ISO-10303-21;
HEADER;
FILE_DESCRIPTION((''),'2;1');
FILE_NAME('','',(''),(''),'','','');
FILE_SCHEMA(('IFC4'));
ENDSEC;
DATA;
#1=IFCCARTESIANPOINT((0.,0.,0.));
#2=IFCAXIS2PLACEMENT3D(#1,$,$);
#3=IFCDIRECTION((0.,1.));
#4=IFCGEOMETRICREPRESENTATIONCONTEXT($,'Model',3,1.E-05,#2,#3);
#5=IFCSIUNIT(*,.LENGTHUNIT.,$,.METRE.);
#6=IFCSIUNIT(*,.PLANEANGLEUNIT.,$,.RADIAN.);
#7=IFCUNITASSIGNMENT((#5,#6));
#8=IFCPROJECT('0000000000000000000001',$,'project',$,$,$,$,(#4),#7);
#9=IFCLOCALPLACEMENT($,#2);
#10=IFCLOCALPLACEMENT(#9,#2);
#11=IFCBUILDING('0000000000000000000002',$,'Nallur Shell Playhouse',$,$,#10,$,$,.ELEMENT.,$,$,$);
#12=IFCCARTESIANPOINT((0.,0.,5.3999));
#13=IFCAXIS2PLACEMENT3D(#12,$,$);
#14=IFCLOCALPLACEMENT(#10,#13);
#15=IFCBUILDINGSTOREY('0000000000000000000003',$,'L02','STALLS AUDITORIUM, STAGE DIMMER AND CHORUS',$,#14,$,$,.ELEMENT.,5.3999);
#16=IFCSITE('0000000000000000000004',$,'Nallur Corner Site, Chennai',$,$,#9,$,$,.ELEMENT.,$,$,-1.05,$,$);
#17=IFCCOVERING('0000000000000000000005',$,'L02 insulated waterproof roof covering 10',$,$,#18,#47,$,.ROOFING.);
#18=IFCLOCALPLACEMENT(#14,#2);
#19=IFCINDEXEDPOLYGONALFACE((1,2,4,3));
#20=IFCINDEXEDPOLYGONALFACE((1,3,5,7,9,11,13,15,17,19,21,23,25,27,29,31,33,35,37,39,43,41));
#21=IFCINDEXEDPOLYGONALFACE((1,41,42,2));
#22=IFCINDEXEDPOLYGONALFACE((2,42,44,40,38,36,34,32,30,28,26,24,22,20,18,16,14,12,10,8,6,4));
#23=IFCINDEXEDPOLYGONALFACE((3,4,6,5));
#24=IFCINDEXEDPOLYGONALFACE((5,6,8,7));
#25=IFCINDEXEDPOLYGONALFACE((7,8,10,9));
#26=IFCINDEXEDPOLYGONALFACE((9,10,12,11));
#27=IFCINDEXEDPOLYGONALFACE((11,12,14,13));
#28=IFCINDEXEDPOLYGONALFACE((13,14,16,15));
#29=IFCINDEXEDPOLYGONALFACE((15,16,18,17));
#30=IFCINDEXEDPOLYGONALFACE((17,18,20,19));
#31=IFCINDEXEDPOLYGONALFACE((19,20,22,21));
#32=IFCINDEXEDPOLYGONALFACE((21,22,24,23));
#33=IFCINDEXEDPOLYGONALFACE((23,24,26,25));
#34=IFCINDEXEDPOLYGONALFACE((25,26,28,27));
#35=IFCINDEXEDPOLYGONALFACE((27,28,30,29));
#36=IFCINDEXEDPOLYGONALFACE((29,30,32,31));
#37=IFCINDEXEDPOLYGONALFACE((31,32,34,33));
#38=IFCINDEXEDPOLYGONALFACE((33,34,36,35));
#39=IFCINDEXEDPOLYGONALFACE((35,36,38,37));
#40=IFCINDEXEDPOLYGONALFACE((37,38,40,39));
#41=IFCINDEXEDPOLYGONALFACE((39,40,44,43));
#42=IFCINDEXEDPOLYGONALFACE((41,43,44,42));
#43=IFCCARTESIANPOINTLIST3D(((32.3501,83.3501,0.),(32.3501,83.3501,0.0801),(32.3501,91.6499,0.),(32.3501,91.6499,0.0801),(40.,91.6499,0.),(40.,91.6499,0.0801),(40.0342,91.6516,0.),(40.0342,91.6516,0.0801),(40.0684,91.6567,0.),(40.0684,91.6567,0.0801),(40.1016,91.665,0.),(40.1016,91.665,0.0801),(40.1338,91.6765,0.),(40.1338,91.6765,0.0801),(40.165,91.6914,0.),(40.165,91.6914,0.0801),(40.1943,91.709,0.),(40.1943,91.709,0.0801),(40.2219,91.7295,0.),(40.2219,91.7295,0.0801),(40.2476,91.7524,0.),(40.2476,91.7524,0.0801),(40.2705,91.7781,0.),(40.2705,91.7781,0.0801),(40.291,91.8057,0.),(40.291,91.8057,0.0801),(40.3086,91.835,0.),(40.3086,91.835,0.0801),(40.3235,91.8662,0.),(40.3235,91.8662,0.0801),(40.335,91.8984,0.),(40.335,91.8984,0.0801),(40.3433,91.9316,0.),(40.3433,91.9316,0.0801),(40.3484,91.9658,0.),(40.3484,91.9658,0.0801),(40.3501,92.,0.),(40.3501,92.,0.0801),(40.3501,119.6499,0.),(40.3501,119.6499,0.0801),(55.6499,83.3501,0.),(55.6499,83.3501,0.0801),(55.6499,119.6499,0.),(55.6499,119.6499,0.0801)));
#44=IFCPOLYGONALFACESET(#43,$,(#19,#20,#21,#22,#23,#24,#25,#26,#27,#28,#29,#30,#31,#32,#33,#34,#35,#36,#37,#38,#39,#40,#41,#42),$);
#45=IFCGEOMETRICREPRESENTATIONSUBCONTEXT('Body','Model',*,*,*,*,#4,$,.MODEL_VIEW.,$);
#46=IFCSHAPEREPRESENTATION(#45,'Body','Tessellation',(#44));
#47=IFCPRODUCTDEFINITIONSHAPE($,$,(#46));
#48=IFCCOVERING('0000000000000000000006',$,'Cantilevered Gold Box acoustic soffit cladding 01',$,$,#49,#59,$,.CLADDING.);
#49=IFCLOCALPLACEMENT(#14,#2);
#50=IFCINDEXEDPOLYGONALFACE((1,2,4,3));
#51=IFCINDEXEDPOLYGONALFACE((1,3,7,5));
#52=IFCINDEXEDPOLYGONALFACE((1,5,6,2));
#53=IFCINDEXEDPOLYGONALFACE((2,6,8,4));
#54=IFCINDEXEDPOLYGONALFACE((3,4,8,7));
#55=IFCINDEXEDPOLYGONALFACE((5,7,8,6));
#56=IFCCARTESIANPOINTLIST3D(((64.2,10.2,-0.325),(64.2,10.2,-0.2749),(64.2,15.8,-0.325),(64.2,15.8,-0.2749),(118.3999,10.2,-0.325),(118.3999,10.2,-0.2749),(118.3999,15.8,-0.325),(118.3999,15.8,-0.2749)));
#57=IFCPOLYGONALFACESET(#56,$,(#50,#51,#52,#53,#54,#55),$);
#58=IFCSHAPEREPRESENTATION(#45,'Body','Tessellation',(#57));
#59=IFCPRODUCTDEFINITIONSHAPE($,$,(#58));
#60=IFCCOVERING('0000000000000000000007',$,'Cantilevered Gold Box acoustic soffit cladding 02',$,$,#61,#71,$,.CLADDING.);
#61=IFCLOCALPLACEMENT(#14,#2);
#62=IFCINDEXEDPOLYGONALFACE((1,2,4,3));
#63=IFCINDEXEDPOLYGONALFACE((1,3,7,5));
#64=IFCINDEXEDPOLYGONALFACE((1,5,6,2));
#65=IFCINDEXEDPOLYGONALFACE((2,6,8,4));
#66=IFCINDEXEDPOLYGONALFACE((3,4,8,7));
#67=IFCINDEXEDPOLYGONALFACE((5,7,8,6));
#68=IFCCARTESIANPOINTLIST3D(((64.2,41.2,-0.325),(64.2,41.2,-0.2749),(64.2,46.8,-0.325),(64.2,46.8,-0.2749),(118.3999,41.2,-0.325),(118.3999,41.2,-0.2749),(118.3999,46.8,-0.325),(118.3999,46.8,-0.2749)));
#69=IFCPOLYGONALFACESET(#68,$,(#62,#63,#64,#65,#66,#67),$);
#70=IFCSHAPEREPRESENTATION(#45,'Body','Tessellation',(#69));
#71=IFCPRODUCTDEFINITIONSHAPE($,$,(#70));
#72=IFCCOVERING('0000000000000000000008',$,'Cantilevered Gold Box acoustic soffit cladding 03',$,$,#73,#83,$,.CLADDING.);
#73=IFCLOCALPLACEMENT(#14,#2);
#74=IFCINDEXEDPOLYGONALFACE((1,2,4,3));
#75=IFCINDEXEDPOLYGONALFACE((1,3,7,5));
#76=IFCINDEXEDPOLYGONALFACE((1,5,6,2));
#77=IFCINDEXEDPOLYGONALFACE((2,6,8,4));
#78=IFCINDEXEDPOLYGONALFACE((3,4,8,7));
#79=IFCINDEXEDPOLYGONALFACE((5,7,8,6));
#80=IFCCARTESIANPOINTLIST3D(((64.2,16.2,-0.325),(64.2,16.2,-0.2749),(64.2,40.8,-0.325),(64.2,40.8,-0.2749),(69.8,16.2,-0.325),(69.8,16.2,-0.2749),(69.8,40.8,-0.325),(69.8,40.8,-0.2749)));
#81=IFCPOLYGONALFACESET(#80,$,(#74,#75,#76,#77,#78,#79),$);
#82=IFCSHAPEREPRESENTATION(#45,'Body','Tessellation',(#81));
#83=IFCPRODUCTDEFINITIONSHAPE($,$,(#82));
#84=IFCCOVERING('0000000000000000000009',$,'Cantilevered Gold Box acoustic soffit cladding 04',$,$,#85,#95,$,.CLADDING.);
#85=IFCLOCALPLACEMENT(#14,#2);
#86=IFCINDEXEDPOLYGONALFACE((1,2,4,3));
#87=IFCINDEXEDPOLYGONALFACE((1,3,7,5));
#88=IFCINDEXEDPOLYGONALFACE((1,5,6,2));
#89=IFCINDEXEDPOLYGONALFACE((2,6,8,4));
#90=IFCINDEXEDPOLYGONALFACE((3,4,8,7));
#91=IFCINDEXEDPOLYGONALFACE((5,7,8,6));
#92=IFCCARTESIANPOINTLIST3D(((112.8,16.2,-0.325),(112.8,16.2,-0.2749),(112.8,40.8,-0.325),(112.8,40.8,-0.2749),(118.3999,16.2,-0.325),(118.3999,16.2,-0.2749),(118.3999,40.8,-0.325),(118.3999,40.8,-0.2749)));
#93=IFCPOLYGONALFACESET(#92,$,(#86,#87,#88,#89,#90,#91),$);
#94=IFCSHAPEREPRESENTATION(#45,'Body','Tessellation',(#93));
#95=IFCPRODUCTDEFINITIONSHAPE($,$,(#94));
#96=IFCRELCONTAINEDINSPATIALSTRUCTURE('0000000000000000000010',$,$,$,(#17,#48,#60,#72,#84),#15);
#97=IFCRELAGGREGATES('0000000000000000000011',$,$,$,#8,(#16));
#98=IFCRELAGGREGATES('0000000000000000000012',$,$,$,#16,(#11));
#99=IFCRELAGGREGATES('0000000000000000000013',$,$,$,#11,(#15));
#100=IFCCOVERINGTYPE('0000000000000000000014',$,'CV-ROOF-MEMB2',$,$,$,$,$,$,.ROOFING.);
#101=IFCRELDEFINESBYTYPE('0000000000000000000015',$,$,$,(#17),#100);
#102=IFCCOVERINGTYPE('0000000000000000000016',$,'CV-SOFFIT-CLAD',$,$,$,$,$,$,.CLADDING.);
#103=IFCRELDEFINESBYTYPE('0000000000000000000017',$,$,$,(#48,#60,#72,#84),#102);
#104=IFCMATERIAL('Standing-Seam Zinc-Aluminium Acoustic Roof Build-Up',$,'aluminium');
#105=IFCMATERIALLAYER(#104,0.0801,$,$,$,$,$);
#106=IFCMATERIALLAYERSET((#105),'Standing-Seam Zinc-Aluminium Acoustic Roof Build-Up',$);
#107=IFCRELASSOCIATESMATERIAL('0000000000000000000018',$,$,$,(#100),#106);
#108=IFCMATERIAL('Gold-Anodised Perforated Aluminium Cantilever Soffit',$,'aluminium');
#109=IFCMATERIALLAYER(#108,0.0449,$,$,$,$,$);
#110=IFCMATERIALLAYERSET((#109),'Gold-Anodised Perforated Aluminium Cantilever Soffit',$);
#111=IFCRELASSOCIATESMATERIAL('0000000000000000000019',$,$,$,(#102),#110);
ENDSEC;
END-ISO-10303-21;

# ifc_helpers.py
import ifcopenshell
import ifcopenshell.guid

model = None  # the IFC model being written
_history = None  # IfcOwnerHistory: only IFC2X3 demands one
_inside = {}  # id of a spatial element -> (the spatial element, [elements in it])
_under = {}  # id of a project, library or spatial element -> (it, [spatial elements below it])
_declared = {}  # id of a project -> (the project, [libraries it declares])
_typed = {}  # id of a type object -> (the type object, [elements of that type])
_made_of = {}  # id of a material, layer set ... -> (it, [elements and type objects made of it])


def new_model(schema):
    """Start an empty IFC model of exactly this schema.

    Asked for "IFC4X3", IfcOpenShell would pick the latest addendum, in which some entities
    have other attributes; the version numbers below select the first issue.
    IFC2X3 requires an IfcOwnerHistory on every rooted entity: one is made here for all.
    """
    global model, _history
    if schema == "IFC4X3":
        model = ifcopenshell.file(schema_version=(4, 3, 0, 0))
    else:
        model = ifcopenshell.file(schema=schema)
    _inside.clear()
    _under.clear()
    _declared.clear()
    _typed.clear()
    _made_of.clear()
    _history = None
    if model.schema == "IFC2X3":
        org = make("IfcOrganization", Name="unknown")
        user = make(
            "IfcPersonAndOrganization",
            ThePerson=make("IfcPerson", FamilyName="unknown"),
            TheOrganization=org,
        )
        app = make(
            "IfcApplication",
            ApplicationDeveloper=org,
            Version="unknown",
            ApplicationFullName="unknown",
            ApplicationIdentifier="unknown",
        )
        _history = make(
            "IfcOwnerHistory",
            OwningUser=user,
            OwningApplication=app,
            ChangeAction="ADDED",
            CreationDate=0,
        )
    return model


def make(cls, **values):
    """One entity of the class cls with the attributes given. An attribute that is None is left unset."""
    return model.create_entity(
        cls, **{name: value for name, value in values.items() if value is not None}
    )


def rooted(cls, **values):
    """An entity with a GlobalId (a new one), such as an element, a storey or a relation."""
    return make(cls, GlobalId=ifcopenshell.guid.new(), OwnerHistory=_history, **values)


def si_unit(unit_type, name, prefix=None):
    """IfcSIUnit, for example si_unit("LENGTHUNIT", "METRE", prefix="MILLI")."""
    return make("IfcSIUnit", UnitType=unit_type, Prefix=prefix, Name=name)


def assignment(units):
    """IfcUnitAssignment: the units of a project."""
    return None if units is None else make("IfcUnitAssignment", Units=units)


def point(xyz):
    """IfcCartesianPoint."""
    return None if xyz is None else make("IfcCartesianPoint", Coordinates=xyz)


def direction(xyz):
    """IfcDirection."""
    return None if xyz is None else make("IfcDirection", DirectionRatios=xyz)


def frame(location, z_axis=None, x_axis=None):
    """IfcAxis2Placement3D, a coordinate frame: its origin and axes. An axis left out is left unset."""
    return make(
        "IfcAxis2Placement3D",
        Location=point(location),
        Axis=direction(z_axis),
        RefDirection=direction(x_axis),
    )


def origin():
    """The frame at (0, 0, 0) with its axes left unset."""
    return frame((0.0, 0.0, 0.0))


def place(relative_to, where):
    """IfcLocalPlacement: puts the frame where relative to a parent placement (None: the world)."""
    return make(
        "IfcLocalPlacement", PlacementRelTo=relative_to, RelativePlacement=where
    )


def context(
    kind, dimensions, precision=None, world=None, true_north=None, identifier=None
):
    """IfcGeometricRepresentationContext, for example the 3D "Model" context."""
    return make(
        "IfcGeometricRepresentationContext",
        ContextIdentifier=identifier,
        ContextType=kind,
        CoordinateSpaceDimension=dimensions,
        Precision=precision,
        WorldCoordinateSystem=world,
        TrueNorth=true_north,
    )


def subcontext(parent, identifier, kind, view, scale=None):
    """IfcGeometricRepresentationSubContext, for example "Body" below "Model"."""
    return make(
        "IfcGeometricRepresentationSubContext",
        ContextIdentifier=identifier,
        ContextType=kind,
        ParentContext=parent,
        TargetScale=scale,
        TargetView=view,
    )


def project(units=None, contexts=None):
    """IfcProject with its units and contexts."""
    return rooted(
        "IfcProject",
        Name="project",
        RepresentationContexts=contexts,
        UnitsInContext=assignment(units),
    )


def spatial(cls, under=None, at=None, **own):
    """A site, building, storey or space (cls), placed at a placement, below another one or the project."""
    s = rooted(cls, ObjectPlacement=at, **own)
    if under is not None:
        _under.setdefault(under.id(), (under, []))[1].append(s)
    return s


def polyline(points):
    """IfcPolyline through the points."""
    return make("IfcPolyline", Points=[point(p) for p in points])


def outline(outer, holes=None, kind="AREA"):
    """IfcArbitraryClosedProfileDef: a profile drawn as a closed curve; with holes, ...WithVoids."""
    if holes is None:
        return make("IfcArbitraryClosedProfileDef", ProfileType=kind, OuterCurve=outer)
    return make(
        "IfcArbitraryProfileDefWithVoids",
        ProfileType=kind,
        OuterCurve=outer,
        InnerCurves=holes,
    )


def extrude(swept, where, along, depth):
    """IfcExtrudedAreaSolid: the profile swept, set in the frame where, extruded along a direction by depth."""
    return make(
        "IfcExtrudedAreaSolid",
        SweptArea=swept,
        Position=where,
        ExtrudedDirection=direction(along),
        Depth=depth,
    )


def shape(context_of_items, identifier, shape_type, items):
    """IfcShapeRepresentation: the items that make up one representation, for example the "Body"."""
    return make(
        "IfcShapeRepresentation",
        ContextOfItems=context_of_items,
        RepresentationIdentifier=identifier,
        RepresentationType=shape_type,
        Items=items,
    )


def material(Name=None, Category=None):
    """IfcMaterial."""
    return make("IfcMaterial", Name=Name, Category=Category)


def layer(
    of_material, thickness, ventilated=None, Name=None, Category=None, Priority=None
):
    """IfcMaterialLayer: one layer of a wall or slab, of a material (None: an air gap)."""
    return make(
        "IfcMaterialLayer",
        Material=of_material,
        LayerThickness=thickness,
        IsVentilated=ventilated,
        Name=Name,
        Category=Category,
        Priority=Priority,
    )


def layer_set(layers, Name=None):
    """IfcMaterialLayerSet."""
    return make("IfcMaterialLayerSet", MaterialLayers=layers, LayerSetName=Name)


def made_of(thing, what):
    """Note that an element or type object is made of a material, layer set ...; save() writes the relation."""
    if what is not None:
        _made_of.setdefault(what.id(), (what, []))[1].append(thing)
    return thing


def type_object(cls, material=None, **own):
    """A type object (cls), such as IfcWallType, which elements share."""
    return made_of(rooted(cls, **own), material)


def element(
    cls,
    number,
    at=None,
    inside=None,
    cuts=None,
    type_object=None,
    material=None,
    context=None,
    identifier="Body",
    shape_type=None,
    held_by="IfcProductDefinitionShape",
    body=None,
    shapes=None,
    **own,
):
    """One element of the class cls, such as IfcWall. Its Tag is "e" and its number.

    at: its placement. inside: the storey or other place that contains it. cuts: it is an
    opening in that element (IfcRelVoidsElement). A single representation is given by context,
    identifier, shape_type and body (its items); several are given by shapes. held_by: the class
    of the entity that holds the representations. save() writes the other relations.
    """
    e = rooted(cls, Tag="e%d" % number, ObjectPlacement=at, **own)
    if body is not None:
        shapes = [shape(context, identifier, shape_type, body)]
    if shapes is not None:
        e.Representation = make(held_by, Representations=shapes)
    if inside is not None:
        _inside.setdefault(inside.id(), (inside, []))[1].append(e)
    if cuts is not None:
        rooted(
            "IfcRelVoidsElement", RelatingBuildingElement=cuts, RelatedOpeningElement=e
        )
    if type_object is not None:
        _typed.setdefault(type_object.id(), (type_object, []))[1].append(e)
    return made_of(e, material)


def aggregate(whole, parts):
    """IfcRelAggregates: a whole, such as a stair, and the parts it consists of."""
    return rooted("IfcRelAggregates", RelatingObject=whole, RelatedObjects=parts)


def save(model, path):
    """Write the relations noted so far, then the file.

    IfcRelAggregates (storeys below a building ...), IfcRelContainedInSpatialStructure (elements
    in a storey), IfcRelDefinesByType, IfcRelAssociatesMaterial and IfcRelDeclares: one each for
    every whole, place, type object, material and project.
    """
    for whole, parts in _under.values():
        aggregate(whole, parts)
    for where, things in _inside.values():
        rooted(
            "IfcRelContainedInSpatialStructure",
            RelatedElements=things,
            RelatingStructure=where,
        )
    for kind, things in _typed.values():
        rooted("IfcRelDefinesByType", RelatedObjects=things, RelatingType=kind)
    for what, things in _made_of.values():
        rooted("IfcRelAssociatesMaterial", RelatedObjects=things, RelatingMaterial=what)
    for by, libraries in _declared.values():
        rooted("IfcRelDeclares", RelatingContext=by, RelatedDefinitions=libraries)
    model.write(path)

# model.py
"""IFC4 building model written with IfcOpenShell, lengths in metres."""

from ifc_helpers import new_model, si_unit, direction, frame, origin, place, context, subcontext, project, spatial, polyline, outline, extrude, material, layer, layer_set, type_object, element, save


model = new_model("IFC4")

# Units and contexts
model_context = context("Model", 3, precision=1e-05, world=origin(), true_north=direction((0.0, 1.0)))
body_context = subcontext(model_context, "Body", "Model", "MODEL_VIEW")
ifc_project = project(units=[si_unit("LENGTHUNIT", "METRE"), si_unit("PLANEANGLEUNIT", "RADIAN")], contexts=[model_context])

# Site, building, storey
site_placement = place(None, origin())
site = spatial("IfcSite", under=ifc_project, at=site_placement, Name="Nallur Corner Site, Chennai", CompositionType="ELEMENT", RefElevation=-1.05)
building_placement = place(site_placement, origin())
building = spatial("IfcBuilding", under=site, at=building_placement, Name="Nallur Shell Playhouse", CompositionType="ELEMENT")
storey_placement = place(building_placement, frame((0.0, 0.0, 5.3999)))
storey = spatial("IfcBuildingStorey", under=building, at=storey_placement, Name="L02", Description="STALLS AUDITORIUM, STAGE DIMMER AND CHORUS", CompositionType="ELEMENT", Elevation=5.3999)

# Coverings
ifc_material_1 = material(Name="Standing-Seam Zinc-Aluminium Acoustic Roof Build-Up", Category="aluminium")
ifc_layer_1 = layer(ifc_material_1, 0.0801)
ifc_layer_set_1 = layer_set([ifc_layer_1], Name="Standing-Seam Zinc-Aluminium Acoustic Roof Build-Up")
covering_type_1 = type_object("IfcCoveringType", Name="CV-ROOF-MEMB2", PredefinedType="ROOFING", material=ifc_layer_set_1)
covering_1_placement = place(storey_placement, origin())
element("IfcCovering", 1, at=covering_1_placement, inside=storey, type_object=covering_type_1, Name="L02 insulated waterproof roof covering 10", PredefinedType="ROOFING", context=body_context, shape_type="SweptSolid", body=[
    extrude(outline(polyline([(55.6499, 119.6499), (55.6499, 83.3501), (32.3501, 83.3501), (32.3501, 91.6499), (40.0, 91.6499), (40.0342, 91.6516), (40.0684, 91.6567), (40.1016, 91.665), (40.1338, 91.6765), (40.165, 91.6914), (40.1943, 91.709), (40.2219, 91.7295), (40.2476, 91.7524), (40.2705, 91.7781), (40.291, 91.8057), (40.3086, 91.835), (40.3235, 91.8662), (40.335, 91.8984), (40.3433, 91.9316), (40.3484, 91.9658), (40.3501, 92.0), (40.3501, 119.6499), (55.6499, 119.6499)])), origin(), (0.0, 0.0, 1.0), 0.0801),
])
ifc_material_2 = material(Name="Gold-Anodised Perforated Aluminium Cantilever Soffit", Category="aluminium")
ifc_layer_2 = layer(ifc_material_2, 0.0449)
ifc_layer_set_2 = layer_set([ifc_layer_2], Name="Gold-Anodised Perforated Aluminium Cantilever Soffit")
covering_type_2 = type_object("IfcCoveringType", Name="CV-SOFFIT-CLAD", PredefinedType="CLADDING", material=ifc_layer_set_2)
covering_2_placement = place(storey_placement, frame((0.0, 0.0, -0.325)))
element("IfcCovering", 2, at=covering_2_placement, inside=storey, type_object=covering_type_2, Name="Cantilevered Gold Box acoustic soffit cladding 01", PredefinedType="CLADDING", context=body_context, shape_type="SweptSolid", body=[
    extrude(outline(polyline([(64.2, 10.2), (118.3999, 10.2), (118.3999, 15.8), (64.2, 15.8), (64.2, 10.2)])), origin(), (0.0, 0.0, 1.0), 0.05),
])
covering_3_placement = place(storey_placement, frame((0.0, 0.0, -0.325)))
element("IfcCovering", 3, at=covering_3_placement, inside=storey, type_object=covering_type_2, Name="Cantilevered Gold Box acoustic soffit cladding 02", PredefinedType="CLADDING", context=body_context, shape_type="SweptSolid", body=[
    extrude(outline(polyline([(64.2, 41.2), (118.3999, 41.2), (118.3999, 46.8), (64.2, 46.8), (64.2, 41.2)])), origin(), (0.0, 0.0, 1.0), 0.05),
])
covering_4_placement = place(storey_placement, frame((0.0, 0.0, -0.325)))
element("IfcCovering", 4, at=covering_4_placement, inside=storey, type_object=covering_type_2, Name="Cantilevered Gold Box acoustic soffit cladding 03", PredefinedType="CLADDING", context=body_context, shape_type="SweptSolid", body=[
    extrude(outline(polyline([(64.2, 16.2), (69.8, 16.2), (69.8, 40.8), (64.2, 40.8), (64.2, 16.2)])), origin(), (0.0, 0.0, 1.0), 0.05),
])
covering_5_placement = place(storey_placement, frame((0.0, 0.0, -0.325)))
element("IfcCovering", 5, at=covering_5_placement, inside=storey, type_object=covering_type_2, Name="Cantilevered Gold Box acoustic soffit cladding 04", PredefinedType="CLADDING", context=body_context, shape_type="SweptSolid", body=[
    extrude(outline(polyline([(112.8, 16.2), (118.3999, 16.2), (118.3999, 40.8), (112.8, 40.8), (112.8, 16.2)])), origin(), (0.0, 0.0, 1.0), 0.05),
])

save(model, "model.ifc")
